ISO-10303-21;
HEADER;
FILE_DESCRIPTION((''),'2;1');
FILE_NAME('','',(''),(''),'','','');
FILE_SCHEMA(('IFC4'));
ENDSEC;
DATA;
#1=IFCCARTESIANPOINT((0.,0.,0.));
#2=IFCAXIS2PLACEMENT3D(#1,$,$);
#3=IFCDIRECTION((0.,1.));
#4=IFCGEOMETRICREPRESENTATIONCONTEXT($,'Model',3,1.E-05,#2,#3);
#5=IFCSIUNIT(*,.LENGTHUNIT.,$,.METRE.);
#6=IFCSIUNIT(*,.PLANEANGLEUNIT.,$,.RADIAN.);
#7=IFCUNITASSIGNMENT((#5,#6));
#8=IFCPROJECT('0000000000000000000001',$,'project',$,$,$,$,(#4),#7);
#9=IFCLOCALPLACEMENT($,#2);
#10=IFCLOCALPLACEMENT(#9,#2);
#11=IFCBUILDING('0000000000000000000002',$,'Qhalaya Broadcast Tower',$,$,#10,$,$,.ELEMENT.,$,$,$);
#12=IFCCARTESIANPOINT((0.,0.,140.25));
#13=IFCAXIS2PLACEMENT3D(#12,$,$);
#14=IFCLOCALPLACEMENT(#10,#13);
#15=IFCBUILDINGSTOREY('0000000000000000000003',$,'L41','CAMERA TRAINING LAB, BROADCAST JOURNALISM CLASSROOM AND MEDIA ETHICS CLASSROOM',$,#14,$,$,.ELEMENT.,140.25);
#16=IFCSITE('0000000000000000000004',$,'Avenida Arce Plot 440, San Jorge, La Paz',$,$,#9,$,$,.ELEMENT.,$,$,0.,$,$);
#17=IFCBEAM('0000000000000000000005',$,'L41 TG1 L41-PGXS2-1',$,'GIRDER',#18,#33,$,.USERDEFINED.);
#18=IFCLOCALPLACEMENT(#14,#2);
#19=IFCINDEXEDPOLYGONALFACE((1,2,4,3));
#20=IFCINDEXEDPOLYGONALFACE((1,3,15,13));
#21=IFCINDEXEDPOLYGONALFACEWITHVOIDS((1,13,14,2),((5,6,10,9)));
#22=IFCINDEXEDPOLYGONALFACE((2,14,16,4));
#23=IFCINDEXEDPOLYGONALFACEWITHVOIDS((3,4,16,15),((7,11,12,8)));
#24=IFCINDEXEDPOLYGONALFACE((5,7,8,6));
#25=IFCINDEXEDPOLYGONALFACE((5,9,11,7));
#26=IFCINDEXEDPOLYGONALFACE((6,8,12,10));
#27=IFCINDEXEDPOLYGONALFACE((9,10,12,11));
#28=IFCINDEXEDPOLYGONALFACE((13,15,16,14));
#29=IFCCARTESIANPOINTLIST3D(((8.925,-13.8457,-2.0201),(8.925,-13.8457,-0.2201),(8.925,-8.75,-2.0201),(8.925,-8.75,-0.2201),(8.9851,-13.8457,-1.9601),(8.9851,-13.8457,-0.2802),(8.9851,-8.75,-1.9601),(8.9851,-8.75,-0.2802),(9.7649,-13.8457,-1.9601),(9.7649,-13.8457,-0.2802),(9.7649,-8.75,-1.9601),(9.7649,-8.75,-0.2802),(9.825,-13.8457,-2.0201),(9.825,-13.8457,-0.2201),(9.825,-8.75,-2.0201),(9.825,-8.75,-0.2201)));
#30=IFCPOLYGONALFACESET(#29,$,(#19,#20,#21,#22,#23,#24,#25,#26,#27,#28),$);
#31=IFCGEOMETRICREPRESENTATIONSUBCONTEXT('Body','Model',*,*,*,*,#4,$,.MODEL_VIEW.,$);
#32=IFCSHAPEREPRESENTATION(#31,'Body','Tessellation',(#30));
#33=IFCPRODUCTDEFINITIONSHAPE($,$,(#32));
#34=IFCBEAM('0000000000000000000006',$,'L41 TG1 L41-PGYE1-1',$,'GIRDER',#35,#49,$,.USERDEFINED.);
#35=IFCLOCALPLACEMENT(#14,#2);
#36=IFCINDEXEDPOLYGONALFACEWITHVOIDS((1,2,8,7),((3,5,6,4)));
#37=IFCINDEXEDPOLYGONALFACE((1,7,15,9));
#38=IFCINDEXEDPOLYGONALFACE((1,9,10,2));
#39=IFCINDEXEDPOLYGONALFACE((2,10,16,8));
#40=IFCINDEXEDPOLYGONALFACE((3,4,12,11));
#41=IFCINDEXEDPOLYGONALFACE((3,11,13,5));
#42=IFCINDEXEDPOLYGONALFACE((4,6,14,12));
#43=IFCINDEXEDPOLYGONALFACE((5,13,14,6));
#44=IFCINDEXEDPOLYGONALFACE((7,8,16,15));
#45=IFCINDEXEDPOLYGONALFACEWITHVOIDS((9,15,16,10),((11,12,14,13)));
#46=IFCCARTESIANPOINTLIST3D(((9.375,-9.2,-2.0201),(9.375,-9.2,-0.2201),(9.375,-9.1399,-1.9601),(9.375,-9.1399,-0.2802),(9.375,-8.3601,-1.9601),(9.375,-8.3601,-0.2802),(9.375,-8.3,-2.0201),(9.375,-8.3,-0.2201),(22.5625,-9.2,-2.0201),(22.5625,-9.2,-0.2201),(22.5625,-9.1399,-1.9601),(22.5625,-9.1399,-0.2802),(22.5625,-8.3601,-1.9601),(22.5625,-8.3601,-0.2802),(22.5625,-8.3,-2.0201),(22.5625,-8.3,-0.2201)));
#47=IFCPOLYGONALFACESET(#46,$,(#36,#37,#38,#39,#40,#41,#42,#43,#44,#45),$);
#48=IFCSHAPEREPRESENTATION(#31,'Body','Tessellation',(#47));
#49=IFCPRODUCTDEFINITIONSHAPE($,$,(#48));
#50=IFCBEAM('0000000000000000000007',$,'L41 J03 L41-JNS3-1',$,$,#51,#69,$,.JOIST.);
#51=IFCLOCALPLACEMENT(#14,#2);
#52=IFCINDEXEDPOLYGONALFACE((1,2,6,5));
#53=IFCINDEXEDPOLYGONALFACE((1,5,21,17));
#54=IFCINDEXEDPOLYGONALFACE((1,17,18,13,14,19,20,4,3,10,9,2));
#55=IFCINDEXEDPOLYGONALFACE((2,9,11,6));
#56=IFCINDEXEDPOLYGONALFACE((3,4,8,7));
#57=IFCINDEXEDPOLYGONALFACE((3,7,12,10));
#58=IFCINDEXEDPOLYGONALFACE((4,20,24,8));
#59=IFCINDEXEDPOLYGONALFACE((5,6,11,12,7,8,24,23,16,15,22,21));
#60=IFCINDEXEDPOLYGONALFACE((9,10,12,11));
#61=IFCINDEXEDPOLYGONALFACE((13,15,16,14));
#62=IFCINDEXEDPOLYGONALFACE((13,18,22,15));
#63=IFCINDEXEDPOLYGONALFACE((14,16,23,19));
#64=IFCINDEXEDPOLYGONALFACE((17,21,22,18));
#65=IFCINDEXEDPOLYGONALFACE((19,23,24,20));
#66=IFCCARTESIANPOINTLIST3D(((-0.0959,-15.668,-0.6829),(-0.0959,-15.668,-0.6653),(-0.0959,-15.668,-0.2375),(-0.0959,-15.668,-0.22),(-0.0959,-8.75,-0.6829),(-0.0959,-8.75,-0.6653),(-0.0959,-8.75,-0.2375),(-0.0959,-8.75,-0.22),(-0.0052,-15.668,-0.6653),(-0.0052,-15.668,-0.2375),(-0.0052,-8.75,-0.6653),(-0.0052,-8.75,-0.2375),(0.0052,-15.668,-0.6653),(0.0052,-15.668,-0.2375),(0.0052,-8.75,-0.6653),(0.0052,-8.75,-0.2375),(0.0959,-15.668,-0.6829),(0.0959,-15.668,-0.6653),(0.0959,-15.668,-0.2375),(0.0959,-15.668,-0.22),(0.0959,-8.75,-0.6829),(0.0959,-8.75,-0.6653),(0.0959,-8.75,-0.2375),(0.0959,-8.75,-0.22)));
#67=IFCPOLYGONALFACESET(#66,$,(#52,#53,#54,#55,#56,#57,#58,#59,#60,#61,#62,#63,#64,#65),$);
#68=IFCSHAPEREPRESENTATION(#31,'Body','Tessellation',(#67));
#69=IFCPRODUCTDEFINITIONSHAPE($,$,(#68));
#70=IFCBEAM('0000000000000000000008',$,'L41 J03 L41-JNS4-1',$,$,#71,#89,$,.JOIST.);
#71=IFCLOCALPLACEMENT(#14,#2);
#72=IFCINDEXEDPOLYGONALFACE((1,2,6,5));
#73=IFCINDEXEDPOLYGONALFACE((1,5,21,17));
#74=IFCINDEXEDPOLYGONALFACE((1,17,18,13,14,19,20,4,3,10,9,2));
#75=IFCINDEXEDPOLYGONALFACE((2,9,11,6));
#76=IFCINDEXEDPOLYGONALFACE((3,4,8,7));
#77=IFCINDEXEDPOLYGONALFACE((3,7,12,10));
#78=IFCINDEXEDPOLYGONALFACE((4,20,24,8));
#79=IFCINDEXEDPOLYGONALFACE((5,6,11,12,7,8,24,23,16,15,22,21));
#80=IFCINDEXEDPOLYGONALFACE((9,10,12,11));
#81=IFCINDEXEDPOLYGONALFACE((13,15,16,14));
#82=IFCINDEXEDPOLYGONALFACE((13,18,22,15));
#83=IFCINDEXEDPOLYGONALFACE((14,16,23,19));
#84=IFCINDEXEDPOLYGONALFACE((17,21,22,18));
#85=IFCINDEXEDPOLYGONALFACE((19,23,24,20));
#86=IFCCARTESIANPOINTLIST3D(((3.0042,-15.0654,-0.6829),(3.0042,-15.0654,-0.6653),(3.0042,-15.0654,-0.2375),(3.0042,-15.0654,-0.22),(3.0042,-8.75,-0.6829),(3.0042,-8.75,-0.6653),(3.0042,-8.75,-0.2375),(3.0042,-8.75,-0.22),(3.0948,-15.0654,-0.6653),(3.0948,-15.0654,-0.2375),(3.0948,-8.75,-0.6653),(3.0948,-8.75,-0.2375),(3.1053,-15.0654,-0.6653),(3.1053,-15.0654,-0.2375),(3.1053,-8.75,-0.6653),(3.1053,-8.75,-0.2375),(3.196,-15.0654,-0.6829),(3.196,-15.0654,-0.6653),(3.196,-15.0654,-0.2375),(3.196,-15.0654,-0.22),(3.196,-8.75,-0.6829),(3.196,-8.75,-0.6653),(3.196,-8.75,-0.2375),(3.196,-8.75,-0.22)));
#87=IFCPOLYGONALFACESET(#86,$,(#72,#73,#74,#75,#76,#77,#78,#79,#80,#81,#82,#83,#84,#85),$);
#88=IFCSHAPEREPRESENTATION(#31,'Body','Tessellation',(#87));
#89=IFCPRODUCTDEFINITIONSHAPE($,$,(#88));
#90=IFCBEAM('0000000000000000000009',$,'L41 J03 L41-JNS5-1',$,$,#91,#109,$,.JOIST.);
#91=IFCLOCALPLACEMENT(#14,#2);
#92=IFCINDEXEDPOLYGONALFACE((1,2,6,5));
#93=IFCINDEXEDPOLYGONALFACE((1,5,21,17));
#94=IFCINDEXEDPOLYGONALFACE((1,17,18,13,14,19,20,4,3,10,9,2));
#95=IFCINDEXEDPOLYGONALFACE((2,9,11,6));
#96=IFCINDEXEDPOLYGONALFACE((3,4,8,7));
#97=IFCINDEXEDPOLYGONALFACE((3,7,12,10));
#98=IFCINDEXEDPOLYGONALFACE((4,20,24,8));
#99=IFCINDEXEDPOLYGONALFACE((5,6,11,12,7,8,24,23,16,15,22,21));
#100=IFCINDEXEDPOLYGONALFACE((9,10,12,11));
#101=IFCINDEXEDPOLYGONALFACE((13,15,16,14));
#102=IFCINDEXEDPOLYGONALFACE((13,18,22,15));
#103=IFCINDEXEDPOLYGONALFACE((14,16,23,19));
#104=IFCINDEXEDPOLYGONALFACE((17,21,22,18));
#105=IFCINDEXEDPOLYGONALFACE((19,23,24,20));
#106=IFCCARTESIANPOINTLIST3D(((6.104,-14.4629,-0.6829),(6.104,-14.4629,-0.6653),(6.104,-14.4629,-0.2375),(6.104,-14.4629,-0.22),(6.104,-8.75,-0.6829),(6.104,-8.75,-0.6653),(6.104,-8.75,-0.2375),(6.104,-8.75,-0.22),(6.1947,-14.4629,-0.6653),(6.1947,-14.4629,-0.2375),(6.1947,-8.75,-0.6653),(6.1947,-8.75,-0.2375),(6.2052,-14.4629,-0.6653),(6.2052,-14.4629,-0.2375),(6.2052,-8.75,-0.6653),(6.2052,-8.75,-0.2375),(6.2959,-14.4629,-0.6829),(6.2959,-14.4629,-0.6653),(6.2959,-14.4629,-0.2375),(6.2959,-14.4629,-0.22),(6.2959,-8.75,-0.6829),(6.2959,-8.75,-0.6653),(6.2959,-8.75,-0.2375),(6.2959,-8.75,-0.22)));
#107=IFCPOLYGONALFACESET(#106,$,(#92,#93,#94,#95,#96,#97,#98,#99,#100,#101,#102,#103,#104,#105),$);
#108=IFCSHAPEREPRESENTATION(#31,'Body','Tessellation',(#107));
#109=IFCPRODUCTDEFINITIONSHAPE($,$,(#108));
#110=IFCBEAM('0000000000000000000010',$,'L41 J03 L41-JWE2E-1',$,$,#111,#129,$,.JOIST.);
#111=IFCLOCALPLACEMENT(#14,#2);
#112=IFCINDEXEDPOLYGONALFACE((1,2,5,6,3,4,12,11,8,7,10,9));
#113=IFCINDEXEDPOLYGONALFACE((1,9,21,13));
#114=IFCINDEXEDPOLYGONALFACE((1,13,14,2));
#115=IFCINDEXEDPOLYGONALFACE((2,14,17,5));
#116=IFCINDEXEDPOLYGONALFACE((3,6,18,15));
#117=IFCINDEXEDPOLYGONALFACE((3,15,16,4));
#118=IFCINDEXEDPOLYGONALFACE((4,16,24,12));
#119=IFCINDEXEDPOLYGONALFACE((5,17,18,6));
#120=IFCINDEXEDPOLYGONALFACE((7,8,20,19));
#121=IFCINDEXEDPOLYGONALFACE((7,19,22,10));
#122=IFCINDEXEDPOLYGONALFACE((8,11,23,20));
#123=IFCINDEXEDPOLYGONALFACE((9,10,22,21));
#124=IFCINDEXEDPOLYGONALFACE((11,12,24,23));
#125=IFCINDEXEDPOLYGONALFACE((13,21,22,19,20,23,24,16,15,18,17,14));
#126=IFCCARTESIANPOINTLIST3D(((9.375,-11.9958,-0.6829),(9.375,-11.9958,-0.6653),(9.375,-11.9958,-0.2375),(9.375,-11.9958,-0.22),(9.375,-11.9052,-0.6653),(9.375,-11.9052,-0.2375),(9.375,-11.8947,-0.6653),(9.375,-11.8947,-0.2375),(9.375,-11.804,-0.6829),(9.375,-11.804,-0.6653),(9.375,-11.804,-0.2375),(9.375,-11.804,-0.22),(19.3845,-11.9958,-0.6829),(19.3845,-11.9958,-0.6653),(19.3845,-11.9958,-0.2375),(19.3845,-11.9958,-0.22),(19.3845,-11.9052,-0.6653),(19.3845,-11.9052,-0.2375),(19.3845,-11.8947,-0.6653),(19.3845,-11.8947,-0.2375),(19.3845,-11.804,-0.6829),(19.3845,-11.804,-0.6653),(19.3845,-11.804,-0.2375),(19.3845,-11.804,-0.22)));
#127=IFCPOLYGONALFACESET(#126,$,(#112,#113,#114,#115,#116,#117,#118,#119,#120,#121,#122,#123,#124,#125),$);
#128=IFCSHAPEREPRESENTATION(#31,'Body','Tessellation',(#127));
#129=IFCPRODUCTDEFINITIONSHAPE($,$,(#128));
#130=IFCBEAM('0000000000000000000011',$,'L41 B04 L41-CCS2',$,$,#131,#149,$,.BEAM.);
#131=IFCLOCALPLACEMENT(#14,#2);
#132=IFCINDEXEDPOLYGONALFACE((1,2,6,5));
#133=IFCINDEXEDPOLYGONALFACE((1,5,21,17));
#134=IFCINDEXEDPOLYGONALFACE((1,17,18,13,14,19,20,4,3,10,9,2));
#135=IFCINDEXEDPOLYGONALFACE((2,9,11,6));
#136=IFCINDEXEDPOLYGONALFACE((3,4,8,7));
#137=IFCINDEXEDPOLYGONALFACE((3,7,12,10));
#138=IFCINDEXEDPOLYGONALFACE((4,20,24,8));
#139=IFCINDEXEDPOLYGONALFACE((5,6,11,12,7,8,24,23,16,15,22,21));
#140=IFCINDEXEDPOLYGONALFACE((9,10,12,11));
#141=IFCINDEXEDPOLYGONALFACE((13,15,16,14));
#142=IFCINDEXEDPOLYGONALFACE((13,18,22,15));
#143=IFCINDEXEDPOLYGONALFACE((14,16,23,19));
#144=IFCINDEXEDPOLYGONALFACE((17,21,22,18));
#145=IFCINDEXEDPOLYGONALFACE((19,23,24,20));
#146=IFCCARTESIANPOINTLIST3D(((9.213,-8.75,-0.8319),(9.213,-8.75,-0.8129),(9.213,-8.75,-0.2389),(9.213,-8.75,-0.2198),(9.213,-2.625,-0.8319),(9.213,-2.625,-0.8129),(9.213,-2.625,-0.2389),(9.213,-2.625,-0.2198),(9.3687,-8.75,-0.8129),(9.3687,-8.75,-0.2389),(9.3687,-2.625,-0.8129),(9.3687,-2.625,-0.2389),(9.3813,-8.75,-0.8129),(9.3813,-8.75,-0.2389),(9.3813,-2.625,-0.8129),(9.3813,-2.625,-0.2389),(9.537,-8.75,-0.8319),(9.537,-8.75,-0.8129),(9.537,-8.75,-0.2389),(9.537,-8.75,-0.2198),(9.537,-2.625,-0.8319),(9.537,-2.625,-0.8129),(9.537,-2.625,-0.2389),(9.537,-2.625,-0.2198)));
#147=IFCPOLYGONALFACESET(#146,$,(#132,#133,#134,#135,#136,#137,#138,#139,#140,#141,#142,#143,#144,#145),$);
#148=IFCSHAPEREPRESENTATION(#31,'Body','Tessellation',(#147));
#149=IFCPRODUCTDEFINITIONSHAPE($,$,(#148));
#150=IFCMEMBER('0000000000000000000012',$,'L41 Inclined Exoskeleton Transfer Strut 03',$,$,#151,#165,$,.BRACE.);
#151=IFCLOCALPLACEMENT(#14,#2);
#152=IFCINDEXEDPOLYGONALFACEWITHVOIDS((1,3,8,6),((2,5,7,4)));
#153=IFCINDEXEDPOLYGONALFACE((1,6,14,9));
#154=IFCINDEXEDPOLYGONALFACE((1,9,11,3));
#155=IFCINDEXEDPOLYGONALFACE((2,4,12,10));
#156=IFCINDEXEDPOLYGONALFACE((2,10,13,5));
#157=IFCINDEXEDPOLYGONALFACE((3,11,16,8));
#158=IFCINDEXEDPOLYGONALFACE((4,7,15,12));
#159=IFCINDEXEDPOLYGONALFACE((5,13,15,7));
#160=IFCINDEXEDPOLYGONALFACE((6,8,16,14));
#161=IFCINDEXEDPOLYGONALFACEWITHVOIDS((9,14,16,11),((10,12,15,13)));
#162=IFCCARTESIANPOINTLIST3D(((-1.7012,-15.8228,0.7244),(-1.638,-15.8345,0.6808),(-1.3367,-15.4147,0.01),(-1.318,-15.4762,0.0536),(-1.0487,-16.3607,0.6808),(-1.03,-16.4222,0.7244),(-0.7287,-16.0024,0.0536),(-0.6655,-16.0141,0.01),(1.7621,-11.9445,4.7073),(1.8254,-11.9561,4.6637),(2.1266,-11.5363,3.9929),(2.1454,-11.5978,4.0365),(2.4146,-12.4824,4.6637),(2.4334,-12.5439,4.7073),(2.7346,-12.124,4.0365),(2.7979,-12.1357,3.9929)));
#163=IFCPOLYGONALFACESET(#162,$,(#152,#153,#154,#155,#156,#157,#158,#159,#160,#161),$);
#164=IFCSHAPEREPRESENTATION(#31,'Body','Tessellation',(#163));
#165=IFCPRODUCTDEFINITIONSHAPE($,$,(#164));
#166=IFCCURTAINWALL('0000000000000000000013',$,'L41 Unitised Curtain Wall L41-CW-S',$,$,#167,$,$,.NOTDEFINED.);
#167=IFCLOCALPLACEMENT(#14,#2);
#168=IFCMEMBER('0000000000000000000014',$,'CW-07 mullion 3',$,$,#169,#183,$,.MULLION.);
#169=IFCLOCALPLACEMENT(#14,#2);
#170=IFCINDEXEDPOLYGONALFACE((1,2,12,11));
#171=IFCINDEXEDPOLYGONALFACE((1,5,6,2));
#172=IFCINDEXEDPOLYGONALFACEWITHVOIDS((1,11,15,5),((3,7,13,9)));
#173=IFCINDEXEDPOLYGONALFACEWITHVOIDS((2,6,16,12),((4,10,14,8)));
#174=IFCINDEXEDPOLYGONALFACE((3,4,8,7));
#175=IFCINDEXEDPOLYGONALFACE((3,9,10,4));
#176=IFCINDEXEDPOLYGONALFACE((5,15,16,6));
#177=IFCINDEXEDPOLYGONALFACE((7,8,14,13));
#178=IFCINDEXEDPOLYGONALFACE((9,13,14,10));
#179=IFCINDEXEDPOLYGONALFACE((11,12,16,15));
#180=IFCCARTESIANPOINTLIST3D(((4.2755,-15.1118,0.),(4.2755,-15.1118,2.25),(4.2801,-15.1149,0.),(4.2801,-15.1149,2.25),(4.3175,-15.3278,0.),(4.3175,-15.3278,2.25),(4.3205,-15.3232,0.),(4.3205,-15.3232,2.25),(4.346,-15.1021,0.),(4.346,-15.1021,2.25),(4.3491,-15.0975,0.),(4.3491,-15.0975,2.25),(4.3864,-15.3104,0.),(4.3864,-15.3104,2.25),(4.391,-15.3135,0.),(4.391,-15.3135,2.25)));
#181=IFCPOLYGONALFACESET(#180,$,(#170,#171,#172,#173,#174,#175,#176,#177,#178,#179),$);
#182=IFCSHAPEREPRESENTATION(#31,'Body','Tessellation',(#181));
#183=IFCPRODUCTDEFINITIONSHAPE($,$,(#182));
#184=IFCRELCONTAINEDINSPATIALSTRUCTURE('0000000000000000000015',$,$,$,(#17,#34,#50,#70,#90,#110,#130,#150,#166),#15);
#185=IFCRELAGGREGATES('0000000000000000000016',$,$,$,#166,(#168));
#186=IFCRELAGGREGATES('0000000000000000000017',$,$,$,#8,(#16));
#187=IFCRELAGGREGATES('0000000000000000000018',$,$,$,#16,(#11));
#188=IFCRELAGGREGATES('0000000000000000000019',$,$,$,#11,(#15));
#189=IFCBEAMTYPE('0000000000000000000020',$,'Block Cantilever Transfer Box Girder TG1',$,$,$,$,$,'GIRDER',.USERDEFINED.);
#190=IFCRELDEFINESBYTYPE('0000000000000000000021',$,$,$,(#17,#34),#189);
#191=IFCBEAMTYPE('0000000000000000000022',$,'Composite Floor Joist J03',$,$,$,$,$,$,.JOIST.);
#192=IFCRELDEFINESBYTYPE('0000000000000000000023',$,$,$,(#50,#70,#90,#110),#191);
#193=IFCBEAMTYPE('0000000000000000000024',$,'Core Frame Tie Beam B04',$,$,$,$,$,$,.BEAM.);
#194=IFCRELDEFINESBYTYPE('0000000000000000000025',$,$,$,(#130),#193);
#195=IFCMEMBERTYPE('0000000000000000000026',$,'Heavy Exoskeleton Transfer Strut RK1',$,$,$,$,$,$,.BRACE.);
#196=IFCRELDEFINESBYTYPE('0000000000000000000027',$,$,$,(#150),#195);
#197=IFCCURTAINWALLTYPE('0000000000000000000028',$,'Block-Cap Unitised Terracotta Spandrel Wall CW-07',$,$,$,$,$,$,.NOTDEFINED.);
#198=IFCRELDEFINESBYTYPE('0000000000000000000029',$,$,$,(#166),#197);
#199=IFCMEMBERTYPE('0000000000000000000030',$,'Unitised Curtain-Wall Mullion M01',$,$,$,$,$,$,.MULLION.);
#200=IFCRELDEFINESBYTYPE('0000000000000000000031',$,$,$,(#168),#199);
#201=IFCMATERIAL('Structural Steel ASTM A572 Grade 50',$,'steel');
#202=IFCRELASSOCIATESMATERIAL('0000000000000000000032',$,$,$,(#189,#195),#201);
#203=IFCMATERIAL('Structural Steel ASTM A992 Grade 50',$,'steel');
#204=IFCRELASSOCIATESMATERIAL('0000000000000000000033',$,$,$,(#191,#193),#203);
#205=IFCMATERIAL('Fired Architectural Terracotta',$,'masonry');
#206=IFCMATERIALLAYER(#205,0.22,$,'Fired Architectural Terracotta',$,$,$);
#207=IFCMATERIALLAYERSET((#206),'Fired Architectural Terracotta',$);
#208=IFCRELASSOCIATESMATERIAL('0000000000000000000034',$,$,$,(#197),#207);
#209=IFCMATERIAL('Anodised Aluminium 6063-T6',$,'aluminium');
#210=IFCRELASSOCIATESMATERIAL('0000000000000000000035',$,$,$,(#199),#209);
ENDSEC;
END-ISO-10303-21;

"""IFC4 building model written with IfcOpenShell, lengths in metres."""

from ifc_helpers import new_model, si_unit, direction, frame, origin, origin_2d, place, context, subcontext, project, spatial, hollow_rectangle, i_section, extrude, material, layer, layer_set, material_profile, profile_set, type_object, element, aggregate, save


model = new_model("IFC4")

# Units and contexts
model_context = context("Model", 3, precision=1e-05, world=origin(), true_north=direction((0.0, 1.0)))
body_context = subcontext(model_context, "Body", "Model", "MODEL_VIEW")
ifc_project = project(units=[si_unit("LENGTHUNIT", "METRE"), si_unit("PLANEANGLEUNIT", "RADIAN")], contexts=[model_context])

# Site, building, storey
site_placement = place(None, origin())
site = spatial("IfcSite", under=ifc_project, at=site_placement, Name="Avenida Arce Plot 440, San Jorge, La Paz", CompositionType="ELEMENT", RefElevation=0.0)
building_placement = place(site_placement, origin())
building = spatial("IfcBuilding", under=site, at=building_placement, Name="Qhalaya Broadcast Tower", CompositionType="ELEMENT")
storey_placement = place(building_placement, frame((0.0, 0.0, 140.25)))
storey = spatial("IfcBuildingStorey", under=building, at=storey_placement, Name="L41", Description="CAMERA TRAINING LAB, BROADCAST JOURNALISM CLASSROOM AND MEDIA ETHICS CLASSROOM", CompositionType="ELEMENT", Elevation=140.25)

# Beams
ifc_material_1 = material(Name="Structural Steel ASTM A572 Grade 50", Category="steel")
ifc_material_profile_1 = material_profile(ifc_material_1, hollow_rectangle(XDim=0.8999, YDim=1.8, WallThickness=0.0601, at=origin_2d()), Name="BOX 900x1800x60")
ifc_profile_set_1 = profile_set([ifc_material_profile_1], Name="Structural Steel ASTM A572 Grade 50")
beam_type_1 = type_object("IfcBeamType", Name="Block Cantilever Transfer Box Girder TG1", ElementType="GIRDER", PredefinedType="USERDEFINED", material=ifc_profile_set_1)
beam_1_placement = place(storey_placement, frame((9.375, -13.8457, -1.1201), z_axis=(0.0, 1.0, 0.0), x_axis=(-1.0, 0.0, 0.0)))
element("IfcBeam", 1, at=beam_1_placement, inside=storey, type_object=beam_type_1, Name="L41 TG1 L41-PGXS2-1", ObjectType="GIRDER", PredefinedType="USERDEFINED", context=body_context, shape_type="SweptSolid", body=[
    extrude(hollow_rectangle(XDim=0.8999, YDim=1.8, WallThickness=0.0601, at=origin_2d()), origin(), (0.0, 0.0, 1.0), 5.0957),
])
beam_2_placement = place(storey_placement, frame((9.375, -8.75, -1.1201), z_axis=(1.0, 0.0, 0.0), x_axis=(0.0, 1.0, 0.0)))
element("IfcBeam", 2, at=beam_2_placement, inside=storey, type_object=beam_type_1, Name="L41 TG1 L41-PGYE1-1", ObjectType="GIRDER", PredefinedType="USERDEFINED", context=body_context, shape_type="SweptSolid", body=[
    extrude(hollow_rectangle(XDim=0.8999, YDim=1.8, WallThickness=0.0601, at=origin_2d()), origin(), (0.0, 0.0, 1.0), 13.1875),
])
ifc_material_2 = material(Name="Structural Steel ASTM A992 Grade 50", Category="steel")
ifc_material_profile_2 = material_profile(ifc_material_2, i_section(OverallWidth=0.1919, OverallDepth=0.4629, WebThickness=0.0105, FlangeThickness=0.0176, at=origin_2d()), Name="W18X60")
ifc_profile_set_2 = profile_set([ifc_material_profile_2], Name="Structural Steel ASTM A992 Grade 50")
beam_type_2 = type_object("IfcBeamType", Name="Composite Floor Joist J03", PredefinedType="JOIST", material=ifc_profile_set_2)
beam_3_placement = place(storey_placement, frame((0.0, -15.668, -0.4514), z_axis=(0.0, 1.0, 0.0), x_axis=(-1.0, 0.0, 0.0)))
element("IfcBeam", 3, at=beam_3_placement, inside=storey, type_object=beam_type_2, Name="L41 J03 L41-JNS3-1", PredefinedType="JOIST", context=body_context, shape_type="SweptSolid", body=[
    extrude(i_section(OverallWidth=0.1919, OverallDepth=0.4629, WebThickness=0.0105, FlangeThickness=0.0176, at=origin_2d()), origin(), (0.0, 0.0, 1.0), 6.918),
])
beam_4_placement = place(storey_placement, frame((3.1001, -15.0654, -0.4514), z_axis=(0.0, 1.0, 0.0), x_axis=(-1.0, 0.0, 0.0)))
element("IfcBeam", 4, at=beam_4_placement, inside=storey, type_object=beam_type_2, Name="L41 J03 L41-JNS4-1", PredefinedType="JOIST", context=body_context, shape_type="SweptSolid", body=[
    extrude(i_section(OverallWidth=0.1919, OverallDepth=0.4629, WebThickness=0.0105, FlangeThickness=0.0176, at=origin_2d()), origin(), (0.0, 0.0, 1.0), 6.3154),
])
beam_5_placement = place(storey_placement, frame((6.2, -14.4629, -0.4514), z_axis=(0.0, 1.0, 0.0), x_axis=(-1.0, 0.0, 0.0)))
element("IfcBeam", 5, at=beam_5_placement, inside=storey, type_object=beam_type_2, Name="L41 J03 L41-JNS5-1", PredefinedType="JOIST", context=body_context, shape_type="SweptSolid", body=[
    extrude(i_section(OverallWidth=0.1919, OverallDepth=0.4629, WebThickness=0.0105, FlangeThickness=0.0176, at=origin_2d()), origin(), (0.0, 0.0, 1.0), 5.7129),
])
beam_6_placement = place(storey_placement, frame((9.375, -11.8999, -0.4514), z_axis=(1.0, 0.0, 0.0), x_axis=(0.0, 1.0, 0.0)))
element("IfcBeam", 6, at=beam_6_placement, inside=storey, type_object=beam_type_2, Name="L41 J03 L41-JWE2E-1", PredefinedType="JOIST", context=body_context, shape_type="SweptSolid", body=[
    extrude(i_section(OverallWidth=0.1919, OverallDepth=0.4629, WebThickness=0.0105, FlangeThickness=0.0176, at=origin_2d()), origin(), (0.0, 0.0, 1.0), 10.0095),
])
ifc_material_profile_3 = material_profile(ifc_material_2, i_section(OverallWidth=0.324, OverallDepth=0.6121, WebThickness=0.0127, FlangeThickness=0.019, at=origin_2d()), Name="W24X104")
ifc_profile_set_3 = profile_set([ifc_material_profile_3], Name="Structural Steel ASTM A992 Grade 50")
beam_type_3 = type_object("IfcBeamType", Name="Core Frame Tie Beam B04", PredefinedType="BEAM", material=ifc_profile_set_3)
beam_7_placement = place(storey_placement, frame((9.375, -8.75, -0.5259), z_axis=(0.0, 1.0, 0.0), x_axis=(-1.0, 0.0, 0.0)))
element("IfcBeam", 7, at=beam_7_placement, inside=storey, type_object=beam_type_3, Name="L41 B04 L41-CCS2", PredefinedType="BEAM", context=body_context, shape_type="SweptSolid", body=[
    extrude(i_section(OverallWidth=0.324, OverallDepth=0.6121, WebThickness=0.0127, FlangeThickness=0.019, at=origin_2d()), origin(), (0.0, 0.0, 1.0), 6.125),
])

# Member
ifc_material_profile_4 = material_profile(ifc_material_1, hollow_rectangle(XDim=0.8999, YDim=0.8999, WallThickness=0.0549, at=origin_2d()), Name="BOX 900x900x55")
ifc_profile_set_4 = profile_set([ifc_material_profile_4], Name="Structural Steel ASTM A572 Grade 50")
member_type_1 = type_object("IfcMemberType", Name="Heavy Exoskeleton Transfer Strut RK1", PredefinedType="BRACE", material=ifc_profile_set_4)
member_1_placement = place(storey_placement, frame((-1.1833, -15.9185, 0.3672), z_axis=(0.528771, 0.592137, 0.608091), x_axis=(-0.745889, 0.66607, 0.0)))
element("IfcMember", 8, at=member_1_placement, inside=storey, type_object=member_type_1, Name="L41 Inclined Exoskeleton Transfer Strut 03", PredefinedType="BRACE", context=body_context, shape_type="SweptSolid", body=[
    extrude(hollow_rectangle(XDim=0.8999, YDim=0.8999, WallThickness=0.0549, at=origin_2d()), origin(), (0.0, 0.0, 1.0), 6.5498),
])

# Curtain wall, member
ifc_material_3 = material(Name="Fired Architectural Terracotta", Category="masonry")
ifc_layer_1 = layer(ifc_material_3, 0.22, Name="Fired Architectural Terracotta")
ifc_layer_set_1 = layer_set([ifc_layer_1], Name="Fired Architectural Terracotta")
curtain_wall_type = type_object("IfcCurtainWallType", Name="Block-Cap Unitised Terracotta Spandrel Wall CW-07", PredefinedType="NOTDEFINED", material=ifc_layer_set_1)
curtain_wall_placement = place(storey_placement, origin())
curtain_wall = element("IfcCurtainWall", 9, at=curtain_wall_placement, inside=storey, type_object=curtain_wall_type, Name="L41 Unitised Curtain Wall L41-CW-S", PredefinedType="NOTDEFINED")
ifc_material_4 = material(Name="Anodised Aluminium 6063-T6", Category="aluminium")
ifc_material_profile_5 = material_profile(ifc_material_4, hollow_rectangle(XDim=0.075, YDim=0.22, WallThickness=0.0039, at=origin_2d()), Name="ALU-MUL 75x220x4")
ifc_profile_set_5 = profile_set([ifc_material_profile_5], Name="Anodised Aluminium 6063-T6")
member_type_2 = type_object("IfcMemberType", Name="Unitised Curtain-Wall Mullion M01", PredefinedType="MULLION", material=ifc_profile_set_5)
member_2_placement = place(storey_placement, frame((4.3333, -15.2126, 0.0), z_axis=(0.0, 0.0, 1.0), x_axis=(-0.981627, -0.19081, 0.0)))
member_2 = element("IfcMember", 10, at=member_2_placement, type_object=member_type_2, Name="CW-07 mullion 3", PredefinedType="MULLION", context=body_context, shape_type="SweptSolid", body=[
    extrude(hollow_rectangle(XDim=0.075, YDim=0.22, WallThickness=0.0039, at=origin_2d()), origin(), (0.0, 0.0, 1.0), 2.25),
])

aggregate(curtain_wall, [member_2])

save(model, "model.ifc")
